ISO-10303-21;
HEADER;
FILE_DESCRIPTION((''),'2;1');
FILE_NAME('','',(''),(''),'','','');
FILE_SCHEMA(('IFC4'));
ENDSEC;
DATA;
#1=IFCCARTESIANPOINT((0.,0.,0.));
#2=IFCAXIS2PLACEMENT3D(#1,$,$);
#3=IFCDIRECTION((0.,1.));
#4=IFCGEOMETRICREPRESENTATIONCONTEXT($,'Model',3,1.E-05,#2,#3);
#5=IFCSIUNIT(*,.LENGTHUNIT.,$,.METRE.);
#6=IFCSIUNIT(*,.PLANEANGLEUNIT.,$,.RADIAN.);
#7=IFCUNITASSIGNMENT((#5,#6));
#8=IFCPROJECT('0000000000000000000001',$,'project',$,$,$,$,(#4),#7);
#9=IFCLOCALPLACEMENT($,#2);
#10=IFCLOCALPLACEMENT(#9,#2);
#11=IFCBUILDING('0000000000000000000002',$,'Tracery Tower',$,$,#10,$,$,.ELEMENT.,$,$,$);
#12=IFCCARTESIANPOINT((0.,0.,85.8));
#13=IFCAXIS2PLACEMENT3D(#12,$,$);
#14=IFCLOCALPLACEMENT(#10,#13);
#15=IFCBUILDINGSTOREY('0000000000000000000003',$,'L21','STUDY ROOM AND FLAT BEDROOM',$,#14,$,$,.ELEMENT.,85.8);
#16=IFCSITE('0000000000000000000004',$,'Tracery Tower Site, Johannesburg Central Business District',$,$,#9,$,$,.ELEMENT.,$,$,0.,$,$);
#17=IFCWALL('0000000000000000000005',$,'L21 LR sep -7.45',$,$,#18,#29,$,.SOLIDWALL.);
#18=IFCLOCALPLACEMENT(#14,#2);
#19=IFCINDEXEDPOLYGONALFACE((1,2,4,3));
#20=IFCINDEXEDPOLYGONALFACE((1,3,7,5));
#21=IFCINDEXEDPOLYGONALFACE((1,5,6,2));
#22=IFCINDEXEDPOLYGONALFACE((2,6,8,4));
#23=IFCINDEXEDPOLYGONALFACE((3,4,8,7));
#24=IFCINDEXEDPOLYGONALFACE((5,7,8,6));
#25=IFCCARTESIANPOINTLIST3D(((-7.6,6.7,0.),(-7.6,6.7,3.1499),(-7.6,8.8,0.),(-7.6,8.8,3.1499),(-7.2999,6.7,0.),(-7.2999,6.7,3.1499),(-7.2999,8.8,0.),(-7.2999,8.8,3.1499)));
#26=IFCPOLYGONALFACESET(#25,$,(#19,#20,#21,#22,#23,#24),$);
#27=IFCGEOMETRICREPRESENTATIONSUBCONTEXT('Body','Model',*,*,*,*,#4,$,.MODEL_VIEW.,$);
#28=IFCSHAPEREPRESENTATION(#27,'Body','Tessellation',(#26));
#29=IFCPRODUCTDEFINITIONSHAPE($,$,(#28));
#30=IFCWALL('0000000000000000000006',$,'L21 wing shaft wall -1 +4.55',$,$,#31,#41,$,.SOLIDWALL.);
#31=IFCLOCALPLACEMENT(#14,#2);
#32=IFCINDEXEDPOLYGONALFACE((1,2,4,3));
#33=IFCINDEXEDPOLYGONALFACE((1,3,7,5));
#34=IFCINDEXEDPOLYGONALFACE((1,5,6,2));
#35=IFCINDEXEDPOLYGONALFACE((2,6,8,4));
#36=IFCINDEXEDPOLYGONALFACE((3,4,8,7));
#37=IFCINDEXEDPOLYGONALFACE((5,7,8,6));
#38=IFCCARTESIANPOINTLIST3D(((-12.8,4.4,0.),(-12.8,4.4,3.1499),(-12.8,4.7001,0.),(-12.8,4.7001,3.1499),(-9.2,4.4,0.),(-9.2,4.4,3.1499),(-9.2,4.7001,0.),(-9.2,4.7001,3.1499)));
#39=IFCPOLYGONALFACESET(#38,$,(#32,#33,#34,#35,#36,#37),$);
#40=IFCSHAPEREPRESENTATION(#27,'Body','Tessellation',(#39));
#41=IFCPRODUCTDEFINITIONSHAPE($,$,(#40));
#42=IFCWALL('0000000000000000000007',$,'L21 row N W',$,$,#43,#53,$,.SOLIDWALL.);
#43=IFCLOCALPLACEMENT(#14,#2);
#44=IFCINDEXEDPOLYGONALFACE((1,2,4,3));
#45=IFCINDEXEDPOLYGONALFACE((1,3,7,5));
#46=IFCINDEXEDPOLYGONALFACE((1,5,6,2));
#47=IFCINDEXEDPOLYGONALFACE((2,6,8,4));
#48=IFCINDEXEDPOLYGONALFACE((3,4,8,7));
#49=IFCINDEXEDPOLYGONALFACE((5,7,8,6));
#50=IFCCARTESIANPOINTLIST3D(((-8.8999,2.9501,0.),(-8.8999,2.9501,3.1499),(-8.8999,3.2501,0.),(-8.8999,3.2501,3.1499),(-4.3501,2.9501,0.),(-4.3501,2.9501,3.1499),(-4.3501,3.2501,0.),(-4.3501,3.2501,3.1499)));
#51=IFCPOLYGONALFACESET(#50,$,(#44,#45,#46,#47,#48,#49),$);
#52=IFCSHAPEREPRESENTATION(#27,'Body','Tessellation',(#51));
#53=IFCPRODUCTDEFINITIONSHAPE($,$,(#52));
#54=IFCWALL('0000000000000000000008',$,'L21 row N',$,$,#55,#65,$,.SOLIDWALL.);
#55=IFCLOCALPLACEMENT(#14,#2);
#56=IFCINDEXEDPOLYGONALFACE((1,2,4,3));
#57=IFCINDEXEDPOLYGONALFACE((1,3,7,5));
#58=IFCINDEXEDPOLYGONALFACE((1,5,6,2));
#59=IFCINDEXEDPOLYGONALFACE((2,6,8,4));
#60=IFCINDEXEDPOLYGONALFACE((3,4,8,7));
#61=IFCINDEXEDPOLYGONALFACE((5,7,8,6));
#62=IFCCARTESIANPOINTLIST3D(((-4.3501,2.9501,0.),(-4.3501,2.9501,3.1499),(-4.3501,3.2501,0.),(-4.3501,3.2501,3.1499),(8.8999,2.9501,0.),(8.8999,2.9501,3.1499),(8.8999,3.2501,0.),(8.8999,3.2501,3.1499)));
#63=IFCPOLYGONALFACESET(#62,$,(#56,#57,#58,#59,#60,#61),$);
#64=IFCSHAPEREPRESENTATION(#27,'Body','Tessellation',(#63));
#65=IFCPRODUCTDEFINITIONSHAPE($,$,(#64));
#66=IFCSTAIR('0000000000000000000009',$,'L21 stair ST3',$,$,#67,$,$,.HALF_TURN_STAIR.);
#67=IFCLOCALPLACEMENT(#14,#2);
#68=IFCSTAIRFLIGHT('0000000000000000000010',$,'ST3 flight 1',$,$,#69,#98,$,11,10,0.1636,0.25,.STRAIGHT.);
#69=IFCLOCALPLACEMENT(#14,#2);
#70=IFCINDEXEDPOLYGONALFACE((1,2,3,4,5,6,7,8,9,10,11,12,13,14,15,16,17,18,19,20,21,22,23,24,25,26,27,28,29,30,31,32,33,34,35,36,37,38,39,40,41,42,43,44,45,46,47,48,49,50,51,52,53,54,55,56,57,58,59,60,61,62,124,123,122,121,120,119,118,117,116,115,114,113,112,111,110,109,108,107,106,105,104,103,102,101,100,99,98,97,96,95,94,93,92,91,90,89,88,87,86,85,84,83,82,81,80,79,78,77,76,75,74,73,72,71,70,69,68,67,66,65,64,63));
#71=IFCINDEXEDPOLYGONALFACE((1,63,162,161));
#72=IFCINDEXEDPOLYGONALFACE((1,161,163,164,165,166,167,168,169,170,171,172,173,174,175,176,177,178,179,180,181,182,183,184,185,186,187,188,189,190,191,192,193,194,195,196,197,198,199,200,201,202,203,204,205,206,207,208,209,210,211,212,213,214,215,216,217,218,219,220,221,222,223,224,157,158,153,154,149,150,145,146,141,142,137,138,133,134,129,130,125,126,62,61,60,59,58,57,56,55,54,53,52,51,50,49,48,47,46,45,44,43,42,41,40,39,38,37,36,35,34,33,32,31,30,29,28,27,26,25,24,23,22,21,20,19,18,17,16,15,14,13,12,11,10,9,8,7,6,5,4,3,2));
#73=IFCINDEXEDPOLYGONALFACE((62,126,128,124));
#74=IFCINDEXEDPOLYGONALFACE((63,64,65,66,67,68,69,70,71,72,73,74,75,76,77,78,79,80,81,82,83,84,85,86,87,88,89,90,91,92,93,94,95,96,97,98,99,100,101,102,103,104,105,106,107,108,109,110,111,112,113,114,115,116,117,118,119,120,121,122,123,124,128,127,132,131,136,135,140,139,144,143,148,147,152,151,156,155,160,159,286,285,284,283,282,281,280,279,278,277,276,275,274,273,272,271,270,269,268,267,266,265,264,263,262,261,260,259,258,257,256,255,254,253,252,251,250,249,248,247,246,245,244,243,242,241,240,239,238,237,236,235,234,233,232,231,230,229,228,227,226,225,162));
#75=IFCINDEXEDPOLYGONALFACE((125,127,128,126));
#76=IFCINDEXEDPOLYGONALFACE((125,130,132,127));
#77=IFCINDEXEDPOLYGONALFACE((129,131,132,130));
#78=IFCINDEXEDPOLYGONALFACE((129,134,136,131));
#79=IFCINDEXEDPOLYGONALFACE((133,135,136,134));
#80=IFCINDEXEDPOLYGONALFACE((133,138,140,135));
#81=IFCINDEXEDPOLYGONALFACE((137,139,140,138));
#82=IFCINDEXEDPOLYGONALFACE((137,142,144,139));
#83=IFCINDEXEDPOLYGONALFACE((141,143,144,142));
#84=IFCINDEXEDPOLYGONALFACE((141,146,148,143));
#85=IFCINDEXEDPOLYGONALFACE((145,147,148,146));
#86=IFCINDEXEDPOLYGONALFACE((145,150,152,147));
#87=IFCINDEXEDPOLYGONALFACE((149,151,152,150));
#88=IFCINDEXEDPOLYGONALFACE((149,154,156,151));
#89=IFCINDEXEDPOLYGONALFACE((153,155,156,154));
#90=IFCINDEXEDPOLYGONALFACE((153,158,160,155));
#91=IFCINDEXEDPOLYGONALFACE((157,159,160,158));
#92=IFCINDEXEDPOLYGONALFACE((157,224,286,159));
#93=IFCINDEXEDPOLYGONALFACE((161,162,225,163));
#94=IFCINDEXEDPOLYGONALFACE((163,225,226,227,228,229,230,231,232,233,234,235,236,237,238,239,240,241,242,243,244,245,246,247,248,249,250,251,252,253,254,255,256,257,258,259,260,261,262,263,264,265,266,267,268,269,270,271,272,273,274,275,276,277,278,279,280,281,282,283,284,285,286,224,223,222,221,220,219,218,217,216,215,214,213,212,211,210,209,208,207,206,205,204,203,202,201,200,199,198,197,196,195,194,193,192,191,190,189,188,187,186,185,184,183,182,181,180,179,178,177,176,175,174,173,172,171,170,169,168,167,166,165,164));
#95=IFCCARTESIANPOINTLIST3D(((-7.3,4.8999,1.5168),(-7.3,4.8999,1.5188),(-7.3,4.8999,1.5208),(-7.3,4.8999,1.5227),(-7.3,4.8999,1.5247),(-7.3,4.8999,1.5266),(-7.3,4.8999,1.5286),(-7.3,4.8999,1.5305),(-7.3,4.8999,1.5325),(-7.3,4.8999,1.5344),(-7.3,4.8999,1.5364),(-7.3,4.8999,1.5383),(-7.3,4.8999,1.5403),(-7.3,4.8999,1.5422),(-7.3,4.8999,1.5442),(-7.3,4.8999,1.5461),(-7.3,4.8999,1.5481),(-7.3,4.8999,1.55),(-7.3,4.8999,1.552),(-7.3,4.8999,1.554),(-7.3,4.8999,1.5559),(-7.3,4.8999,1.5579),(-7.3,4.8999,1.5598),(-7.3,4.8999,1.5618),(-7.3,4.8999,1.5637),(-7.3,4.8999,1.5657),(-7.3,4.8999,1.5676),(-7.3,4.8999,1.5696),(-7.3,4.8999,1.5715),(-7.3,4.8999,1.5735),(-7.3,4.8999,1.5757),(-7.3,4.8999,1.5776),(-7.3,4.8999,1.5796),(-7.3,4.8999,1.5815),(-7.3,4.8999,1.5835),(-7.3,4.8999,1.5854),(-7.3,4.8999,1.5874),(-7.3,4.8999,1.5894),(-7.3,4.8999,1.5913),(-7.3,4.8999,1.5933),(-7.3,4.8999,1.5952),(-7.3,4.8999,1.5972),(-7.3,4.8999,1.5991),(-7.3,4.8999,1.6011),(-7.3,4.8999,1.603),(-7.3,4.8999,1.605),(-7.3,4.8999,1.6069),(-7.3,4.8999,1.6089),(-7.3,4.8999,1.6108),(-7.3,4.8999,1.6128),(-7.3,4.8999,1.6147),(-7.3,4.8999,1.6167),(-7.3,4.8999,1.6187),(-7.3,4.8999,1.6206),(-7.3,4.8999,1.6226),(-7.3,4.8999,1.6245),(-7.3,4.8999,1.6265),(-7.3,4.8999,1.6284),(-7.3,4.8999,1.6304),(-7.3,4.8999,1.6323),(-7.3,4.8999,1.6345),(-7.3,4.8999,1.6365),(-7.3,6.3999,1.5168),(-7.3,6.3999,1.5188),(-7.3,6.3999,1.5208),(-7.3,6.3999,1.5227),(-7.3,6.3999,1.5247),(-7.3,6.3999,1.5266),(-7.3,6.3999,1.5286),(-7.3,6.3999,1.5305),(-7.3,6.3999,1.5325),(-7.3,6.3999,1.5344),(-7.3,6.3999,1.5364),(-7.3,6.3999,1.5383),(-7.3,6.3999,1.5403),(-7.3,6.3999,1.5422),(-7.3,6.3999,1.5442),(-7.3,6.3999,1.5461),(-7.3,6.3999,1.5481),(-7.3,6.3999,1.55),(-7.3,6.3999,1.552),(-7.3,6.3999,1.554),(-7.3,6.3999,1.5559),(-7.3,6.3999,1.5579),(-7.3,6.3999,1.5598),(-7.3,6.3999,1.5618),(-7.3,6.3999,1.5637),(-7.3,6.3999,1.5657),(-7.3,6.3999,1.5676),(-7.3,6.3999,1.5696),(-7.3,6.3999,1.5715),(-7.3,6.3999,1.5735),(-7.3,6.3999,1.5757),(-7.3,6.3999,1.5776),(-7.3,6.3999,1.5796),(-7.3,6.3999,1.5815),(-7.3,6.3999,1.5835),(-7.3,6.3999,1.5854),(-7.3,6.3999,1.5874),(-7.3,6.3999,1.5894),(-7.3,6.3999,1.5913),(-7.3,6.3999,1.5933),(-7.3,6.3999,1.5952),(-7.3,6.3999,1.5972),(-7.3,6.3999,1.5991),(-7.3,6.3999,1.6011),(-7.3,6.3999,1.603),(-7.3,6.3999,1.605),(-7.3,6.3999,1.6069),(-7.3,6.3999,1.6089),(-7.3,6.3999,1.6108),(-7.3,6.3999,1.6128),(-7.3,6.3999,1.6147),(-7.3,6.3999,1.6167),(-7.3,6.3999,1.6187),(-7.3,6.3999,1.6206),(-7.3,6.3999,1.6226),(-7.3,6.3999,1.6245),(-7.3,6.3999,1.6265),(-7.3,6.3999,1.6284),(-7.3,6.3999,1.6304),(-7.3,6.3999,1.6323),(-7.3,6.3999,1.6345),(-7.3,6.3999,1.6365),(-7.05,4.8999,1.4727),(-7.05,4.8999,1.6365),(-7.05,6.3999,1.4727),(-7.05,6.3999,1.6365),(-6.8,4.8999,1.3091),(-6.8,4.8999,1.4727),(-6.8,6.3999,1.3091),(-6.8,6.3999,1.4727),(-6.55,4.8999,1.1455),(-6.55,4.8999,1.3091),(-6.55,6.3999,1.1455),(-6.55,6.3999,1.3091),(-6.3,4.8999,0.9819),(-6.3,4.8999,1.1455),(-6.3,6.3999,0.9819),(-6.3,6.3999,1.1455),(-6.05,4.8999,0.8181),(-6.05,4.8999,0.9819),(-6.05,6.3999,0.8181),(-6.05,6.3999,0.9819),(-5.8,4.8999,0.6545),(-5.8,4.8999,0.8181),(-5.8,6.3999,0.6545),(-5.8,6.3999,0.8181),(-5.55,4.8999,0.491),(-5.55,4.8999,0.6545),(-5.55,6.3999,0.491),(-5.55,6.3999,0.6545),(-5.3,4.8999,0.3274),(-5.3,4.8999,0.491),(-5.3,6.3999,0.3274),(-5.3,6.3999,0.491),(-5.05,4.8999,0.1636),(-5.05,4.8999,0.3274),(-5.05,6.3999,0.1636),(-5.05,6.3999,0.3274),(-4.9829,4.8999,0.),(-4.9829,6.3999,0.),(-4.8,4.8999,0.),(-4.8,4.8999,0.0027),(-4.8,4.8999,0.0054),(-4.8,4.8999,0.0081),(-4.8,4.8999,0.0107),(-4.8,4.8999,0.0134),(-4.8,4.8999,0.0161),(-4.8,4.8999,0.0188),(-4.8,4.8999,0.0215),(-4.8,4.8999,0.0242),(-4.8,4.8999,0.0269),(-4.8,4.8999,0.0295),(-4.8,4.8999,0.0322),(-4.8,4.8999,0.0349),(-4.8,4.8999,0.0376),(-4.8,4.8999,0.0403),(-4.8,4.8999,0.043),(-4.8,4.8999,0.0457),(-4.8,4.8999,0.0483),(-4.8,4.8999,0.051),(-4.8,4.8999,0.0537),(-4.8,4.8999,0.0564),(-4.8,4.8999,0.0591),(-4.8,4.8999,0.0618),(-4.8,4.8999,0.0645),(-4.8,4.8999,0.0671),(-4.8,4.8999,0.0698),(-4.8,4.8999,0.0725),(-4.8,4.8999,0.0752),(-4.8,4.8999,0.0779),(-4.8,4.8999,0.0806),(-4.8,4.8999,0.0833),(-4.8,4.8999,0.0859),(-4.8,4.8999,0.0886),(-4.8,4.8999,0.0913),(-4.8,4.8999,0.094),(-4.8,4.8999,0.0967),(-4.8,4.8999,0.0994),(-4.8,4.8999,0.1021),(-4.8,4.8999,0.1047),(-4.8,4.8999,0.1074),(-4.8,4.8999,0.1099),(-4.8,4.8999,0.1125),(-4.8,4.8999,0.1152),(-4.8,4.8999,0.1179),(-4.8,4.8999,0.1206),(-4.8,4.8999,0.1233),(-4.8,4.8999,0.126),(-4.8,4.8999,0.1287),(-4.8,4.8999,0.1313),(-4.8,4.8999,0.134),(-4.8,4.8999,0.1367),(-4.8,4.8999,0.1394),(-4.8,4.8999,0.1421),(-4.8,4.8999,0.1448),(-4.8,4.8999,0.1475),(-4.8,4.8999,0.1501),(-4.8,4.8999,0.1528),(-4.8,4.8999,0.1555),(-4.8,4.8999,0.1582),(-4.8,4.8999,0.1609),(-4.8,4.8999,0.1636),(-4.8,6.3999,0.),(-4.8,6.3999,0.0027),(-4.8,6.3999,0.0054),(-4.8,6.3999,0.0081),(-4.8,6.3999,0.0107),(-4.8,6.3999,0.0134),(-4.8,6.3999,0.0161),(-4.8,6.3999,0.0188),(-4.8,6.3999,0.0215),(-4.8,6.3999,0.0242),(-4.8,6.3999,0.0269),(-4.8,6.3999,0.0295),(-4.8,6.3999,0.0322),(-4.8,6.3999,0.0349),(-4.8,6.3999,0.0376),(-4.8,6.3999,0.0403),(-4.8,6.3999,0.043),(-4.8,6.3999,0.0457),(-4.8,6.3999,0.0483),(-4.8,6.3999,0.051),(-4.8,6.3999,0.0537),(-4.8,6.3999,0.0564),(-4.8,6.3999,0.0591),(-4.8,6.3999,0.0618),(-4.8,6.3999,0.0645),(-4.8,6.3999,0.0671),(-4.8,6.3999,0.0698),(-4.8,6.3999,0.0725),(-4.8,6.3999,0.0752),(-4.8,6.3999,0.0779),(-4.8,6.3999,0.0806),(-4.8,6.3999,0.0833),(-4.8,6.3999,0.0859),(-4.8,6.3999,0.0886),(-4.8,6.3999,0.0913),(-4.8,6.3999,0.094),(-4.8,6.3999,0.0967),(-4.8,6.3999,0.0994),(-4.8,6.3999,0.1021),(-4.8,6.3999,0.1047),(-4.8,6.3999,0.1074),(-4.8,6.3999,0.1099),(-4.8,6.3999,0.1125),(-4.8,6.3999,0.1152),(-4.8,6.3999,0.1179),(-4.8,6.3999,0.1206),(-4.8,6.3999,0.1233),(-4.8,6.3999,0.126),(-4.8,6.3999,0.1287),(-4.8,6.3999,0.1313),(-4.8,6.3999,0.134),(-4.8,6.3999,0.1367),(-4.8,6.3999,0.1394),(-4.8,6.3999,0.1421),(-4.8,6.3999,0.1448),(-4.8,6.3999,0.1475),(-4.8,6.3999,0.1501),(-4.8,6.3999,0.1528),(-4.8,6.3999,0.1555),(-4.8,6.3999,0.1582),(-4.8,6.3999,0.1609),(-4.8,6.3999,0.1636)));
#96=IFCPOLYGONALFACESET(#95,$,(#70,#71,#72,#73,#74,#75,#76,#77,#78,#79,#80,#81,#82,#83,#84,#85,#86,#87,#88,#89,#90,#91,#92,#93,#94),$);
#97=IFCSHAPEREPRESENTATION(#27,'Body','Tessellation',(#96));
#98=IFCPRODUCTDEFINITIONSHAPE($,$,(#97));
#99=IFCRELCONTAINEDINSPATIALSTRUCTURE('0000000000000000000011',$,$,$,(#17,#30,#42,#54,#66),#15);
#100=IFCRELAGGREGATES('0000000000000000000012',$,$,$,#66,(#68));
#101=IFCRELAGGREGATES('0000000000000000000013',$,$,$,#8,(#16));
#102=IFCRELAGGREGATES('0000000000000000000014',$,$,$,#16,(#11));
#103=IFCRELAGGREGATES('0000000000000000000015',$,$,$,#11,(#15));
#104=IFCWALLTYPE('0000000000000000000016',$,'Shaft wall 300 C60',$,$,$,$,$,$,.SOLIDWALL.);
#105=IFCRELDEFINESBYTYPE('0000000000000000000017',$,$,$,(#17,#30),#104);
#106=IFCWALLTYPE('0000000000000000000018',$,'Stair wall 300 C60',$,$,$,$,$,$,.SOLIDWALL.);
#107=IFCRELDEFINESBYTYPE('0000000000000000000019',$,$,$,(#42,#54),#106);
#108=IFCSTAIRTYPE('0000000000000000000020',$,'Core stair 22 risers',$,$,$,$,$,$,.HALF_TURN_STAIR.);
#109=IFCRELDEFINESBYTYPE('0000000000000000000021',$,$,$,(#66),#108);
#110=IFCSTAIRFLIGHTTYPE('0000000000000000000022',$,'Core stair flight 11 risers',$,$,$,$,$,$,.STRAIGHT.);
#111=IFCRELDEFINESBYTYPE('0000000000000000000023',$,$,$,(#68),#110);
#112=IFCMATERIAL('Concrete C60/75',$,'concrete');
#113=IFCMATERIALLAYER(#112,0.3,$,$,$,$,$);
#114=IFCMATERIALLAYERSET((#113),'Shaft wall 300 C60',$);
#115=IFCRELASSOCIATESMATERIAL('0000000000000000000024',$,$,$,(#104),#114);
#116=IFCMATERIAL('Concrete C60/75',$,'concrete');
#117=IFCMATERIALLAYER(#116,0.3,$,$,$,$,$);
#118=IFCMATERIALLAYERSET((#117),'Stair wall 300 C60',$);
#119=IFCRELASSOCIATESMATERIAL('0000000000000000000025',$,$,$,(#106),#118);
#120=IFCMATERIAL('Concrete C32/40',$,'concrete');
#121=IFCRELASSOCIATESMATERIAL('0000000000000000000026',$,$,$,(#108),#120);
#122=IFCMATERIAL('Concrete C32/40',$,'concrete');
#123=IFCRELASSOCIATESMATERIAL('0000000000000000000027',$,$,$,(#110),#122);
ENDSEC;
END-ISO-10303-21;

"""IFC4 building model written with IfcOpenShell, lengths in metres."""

from ifc_helpers import new_model, si_unit, direction, frame, frame_2d, origin, place, context, subcontext, project, spatial, polyline, rectangle, outline, extrude, material, layer, layer_set, type_object, element, aggregate, save


model = new_model("IFC4")

# Units and contexts
model_context = context("Model", 3, precision=1e-05, world=origin(), true_north=direction((0.0, 1.0)))
body_context = subcontext(model_context, "Body", "Model", "MODEL_VIEW")
ifc_project = project(units=[si_unit("LENGTHUNIT", "METRE"), si_unit("PLANEANGLEUNIT", "RADIAN")], contexts=[model_context])

# Site, building, storey
site_placement = place(None, origin())
site = spatial("IfcSite", under=ifc_project, at=site_placement, Name="Tracery Tower Site, Johannesburg Central Business District", CompositionType="ELEMENT", RefElevation=0.0)
building_placement = place(site_placement, origin())
building = spatial("IfcBuilding", under=site, at=building_placement, Name="Tracery Tower", CompositionType="ELEMENT")
storey_placement = place(building_placement, frame((0.0, 0.0, 85.8)))
storey = spatial("IfcBuildingStorey", under=building, at=storey_placement, Name="L21", Description="STUDY ROOM AND FLAT BEDROOM", CompositionType="ELEMENT", Elevation=85.8)

# Wall
ifc_material_1 = material(Name="Concrete C60/75", Category="concrete")
ifc_layer_1 = layer(ifc_material_1, 0.3)
ifc_layer_set_1 = layer_set([ifc_layer_1], Name="Shaft wall 300 C60")
wall_type_1 = type_object("IfcWallType", Name="Shaft wall 300 C60", PredefinedType="SOLIDWALL", material=ifc_layer_set_1)
wall_1_placement = place(storey_placement, frame((-7.45, 6.7, 0.0), z_axis=(0.0, 0.0, 1.0), x_axis=(0.0, 1.0, 0.0)))
element("IfcWall", 1, at=wall_1_placement, inside=storey, type_object=wall_type_1, Name="L21 LR sep -7.45", PredefinedType="SOLIDWALL", context=body_context, shape_type="SweptSolid", body=[
    extrude(rectangle(XDim=2.1001, YDim=0.3, at=frame_2d((1.05, 0.0))), origin(), (0.0, 0.0, 1.0), 3.1499),
])

# Wall
wall_2_placement = place(storey_placement, frame((-12.8, 4.55, 0.0), z_axis=(0.0, 0.0, 1.0), x_axis=(1.0, 0.0, 0.0)))
element("IfcWall", 2, at=wall_2_placement, inside=storey, type_object=wall_type_1, Name="L21 wing shaft wall -1 +4.55", PredefinedType="SOLIDWALL", context=body_context, shape_type="SweptSolid", body=[
    extrude(rectangle(XDim=3.6001, YDim=0.3, at=frame_2d((1.8, 0.0))), origin(), (0.0, 0.0, 1.0), 3.1499),
])

# Walls
ifc_material_2 = material(Name="Concrete C60/75", Category="concrete")
ifc_layer_2 = layer(ifc_material_2, 0.3)
ifc_layer_set_2 = layer_set([ifc_layer_2], Name="Stair wall 300 C60")
wall_type_2 = type_object("IfcWallType", Name="Stair wall 300 C60", PredefinedType="SOLIDWALL", material=ifc_layer_set_2)
wall_3_placement = place(storey_placement, frame((-8.8999, 3.1001, 0.0), z_axis=(0.0, 0.0, 1.0), x_axis=(1.0, 0.0, 0.0)))
element("IfcWall", 3, at=wall_3_placement, inside=storey, type_object=wall_type_2, Name="L21 row N W", PredefinedType="SOLIDWALL", context=body_context, shape_type="SweptSolid", body=[
    extrude(rectangle(XDim=4.5498, YDim=0.3, at=frame_2d((2.2749, 0.0))), origin(), (0.0, 0.0, 1.0), 3.1499),
])
wall_4_placement = place(storey_placement, frame((-4.3501, 3.1001, 0.0), z_axis=(0.0, 0.0, 1.0), x_axis=(1.0, 0.0, 0.0)))
element("IfcWall", 4, at=wall_4_placement, inside=storey, type_object=wall_type_2, Name="L21 row N", PredefinedType="SOLIDWALL", context=body_context, shape_type="SweptSolid", body=[
    extrude(rectangle(XDim=13.25, YDim=0.3, at=frame_2d((6.625, 0.0))), origin(), (0.0, 0.0, 1.0), 3.1499),
])

# Stair, stair flight
ifc_material_3 = material(Name="Concrete C32/40", Category="concrete")
stair_type = type_object("IfcStairType", Name="Core stair 22 risers", PredefinedType="HALF_TURN_STAIR", material=ifc_material_3)
stair_placement = place(storey_placement, origin())
stair = element("IfcStair", 5, at=stair_placement, inside=storey, type_object=stair_type, Name="L21 stair ST3", PredefinedType="HALF_TURN_STAIR")
ifc_material_4 = material(Name="Concrete C32/40", Category="concrete")
stair_flight_type = type_object("IfcStairFlightType", Name="Core stair flight 11 risers", PredefinedType="STRAIGHT", material=ifc_material_4)
stair_flight_1_placement = place(storey_placement, frame((-4.8, 5.6499, 0.0), z_axis=(0.0, 0.0, 1.0), x_axis=(-1.0, 0.0, 0.0)))
stair_flight_1 = element("IfcStairFlight", 6, at=stair_flight_1_placement, type_object=stair_flight_type, Name="ST3 flight 1", NumberOfRisers=11, NumberOfTreads=10, PredefinedType="STRAIGHT", RiserHeight=0.1636, TreadLength=0.25, context=body_context, shape_type="SweptSolid", body=[
    extrude(outline(polyline([(0.0, 0.0), (0.0, 0.0027), (0.0, 0.0054), (0.0, 0.0081), (0.0, 0.0107), (0.0, 0.0134), (0.0, 0.0161), (0.0, 0.0188), (0.0, 0.0215), (0.0, 0.0242), (0.0, 0.0269), (0.0, 0.0295), (0.0, 0.0322), (0.0, 0.0349), (0.0, 0.0376), (0.0, 0.0403), (0.0, 0.043), (0.0, 0.0457), (0.0, 0.0483), (0.0, 0.051), (0.0, 0.0537), (0.0, 0.0564), (0.0, 0.0591), (0.0, 0.0618), (0.0, 0.0645), (0.0, 0.0671), (0.0, 0.0698), (0.0, 0.0725), (0.0, 0.0752), (0.0, 0.0779), (0.0, 0.0806), (0.0, 0.0833), (0.0, 0.0859), (0.0, 0.0886), (0.0, 0.0913), (0.0, 0.094), (0.0, 0.0967), (0.0, 0.0994), (0.0, 0.1021), (0.0, 0.1047), (0.0, 0.1074), (0.0, 0.1099), (0.0, 0.1125), (0.0, 0.1152), (0.0, 0.1179), (0.0, 0.1206), (0.0, 0.1233), (0.0, 0.126), (0.0, 0.1287), (0.0, 0.1313), (0.0, 0.134), (0.0, 0.1367), (0.0, 0.1394), (0.0, 0.1421), (0.0, 0.1448), (0.0, 0.1475), (0.0, 0.1501), (0.0, 0.1528), (0.0, 0.1555), (0.0, 0.1582), (0.0, 0.1609), (0.0, 0.1636), (0.25, 0.1636), (0.25, 0.3274), (0.5, 0.3274), (0.5, 0.491), (0.75, 0.491), (0.75, 0.6545), (1.0, 0.6545), (1.0, 0.8181), (1.25, 0.8181), (1.25, 0.9819), (1.5, 0.9819), (1.5, 1.1455), (1.75, 1.1455), (1.75, 1.3091), (2.0, 1.3091), (2.0, 1.4727), (2.25, 1.4727), (2.25, 1.6365), (2.5, 1.6365), (2.5, 1.6345), (2.5, 1.6323), (2.5, 1.6304), (2.5, 1.6284), (2.5, 1.6265), (2.5, 1.6245), (2.5, 1.6226), (2.5, 1.6206), (2.5, 1.6187), (2.5, 1.6167), (2.5, 1.6147), (2.5, 1.6128), (2.5, 1.6108), (2.5, 1.6089), (2.5, 1.6069), (2.5, 1.605), (2.5, 1.603), (2.5, 1.6011), (2.5, 1.5991), (2.5, 1.5972), (2.5, 1.5952), (2.5, 1.5933), (2.5, 1.5913), (2.5, 1.5894), (2.5, 1.5874), (2.5, 1.5854), (2.5, 1.5835), (2.5, 1.5815), (2.5, 1.5796), (2.5, 1.5776), (2.5, 1.5757), (2.5, 1.5735), (2.5, 1.5715), (2.5, 1.5696), (2.5, 1.5676), (2.5, 1.5657), (2.5, 1.5637), (2.5, 1.5618), (2.5, 1.5598), (2.5, 1.5579), (2.5, 1.5559), (2.5, 1.554), (2.5, 1.552), (2.5, 1.55), (2.5, 1.5481), (2.5, 1.5461), (2.5, 1.5442), (2.5, 1.5422), (2.5, 1.5403), (2.5, 1.5383), (2.5, 1.5364), (2.5, 1.5344), (2.5, 1.5325), (2.5, 1.5305), (2.5, 1.5286), (2.5, 1.5266), (2.5, 1.5247), (2.5, 1.5227), (2.5, 1.5208), (2.5, 1.5188), (2.5, 1.5168), (0.1829, 0.0), (0.0, 0.0)])), frame((0.0, 0.75, 0.0), z_axis=(0.0, -1.0, 0.0), x_axis=(1.0, 0.0, 0.0)), (0.0, 0.0, 1.0), 1.5),
])
aggregate(stair, [stair_flight_1])

save(model, "model.ifc")
